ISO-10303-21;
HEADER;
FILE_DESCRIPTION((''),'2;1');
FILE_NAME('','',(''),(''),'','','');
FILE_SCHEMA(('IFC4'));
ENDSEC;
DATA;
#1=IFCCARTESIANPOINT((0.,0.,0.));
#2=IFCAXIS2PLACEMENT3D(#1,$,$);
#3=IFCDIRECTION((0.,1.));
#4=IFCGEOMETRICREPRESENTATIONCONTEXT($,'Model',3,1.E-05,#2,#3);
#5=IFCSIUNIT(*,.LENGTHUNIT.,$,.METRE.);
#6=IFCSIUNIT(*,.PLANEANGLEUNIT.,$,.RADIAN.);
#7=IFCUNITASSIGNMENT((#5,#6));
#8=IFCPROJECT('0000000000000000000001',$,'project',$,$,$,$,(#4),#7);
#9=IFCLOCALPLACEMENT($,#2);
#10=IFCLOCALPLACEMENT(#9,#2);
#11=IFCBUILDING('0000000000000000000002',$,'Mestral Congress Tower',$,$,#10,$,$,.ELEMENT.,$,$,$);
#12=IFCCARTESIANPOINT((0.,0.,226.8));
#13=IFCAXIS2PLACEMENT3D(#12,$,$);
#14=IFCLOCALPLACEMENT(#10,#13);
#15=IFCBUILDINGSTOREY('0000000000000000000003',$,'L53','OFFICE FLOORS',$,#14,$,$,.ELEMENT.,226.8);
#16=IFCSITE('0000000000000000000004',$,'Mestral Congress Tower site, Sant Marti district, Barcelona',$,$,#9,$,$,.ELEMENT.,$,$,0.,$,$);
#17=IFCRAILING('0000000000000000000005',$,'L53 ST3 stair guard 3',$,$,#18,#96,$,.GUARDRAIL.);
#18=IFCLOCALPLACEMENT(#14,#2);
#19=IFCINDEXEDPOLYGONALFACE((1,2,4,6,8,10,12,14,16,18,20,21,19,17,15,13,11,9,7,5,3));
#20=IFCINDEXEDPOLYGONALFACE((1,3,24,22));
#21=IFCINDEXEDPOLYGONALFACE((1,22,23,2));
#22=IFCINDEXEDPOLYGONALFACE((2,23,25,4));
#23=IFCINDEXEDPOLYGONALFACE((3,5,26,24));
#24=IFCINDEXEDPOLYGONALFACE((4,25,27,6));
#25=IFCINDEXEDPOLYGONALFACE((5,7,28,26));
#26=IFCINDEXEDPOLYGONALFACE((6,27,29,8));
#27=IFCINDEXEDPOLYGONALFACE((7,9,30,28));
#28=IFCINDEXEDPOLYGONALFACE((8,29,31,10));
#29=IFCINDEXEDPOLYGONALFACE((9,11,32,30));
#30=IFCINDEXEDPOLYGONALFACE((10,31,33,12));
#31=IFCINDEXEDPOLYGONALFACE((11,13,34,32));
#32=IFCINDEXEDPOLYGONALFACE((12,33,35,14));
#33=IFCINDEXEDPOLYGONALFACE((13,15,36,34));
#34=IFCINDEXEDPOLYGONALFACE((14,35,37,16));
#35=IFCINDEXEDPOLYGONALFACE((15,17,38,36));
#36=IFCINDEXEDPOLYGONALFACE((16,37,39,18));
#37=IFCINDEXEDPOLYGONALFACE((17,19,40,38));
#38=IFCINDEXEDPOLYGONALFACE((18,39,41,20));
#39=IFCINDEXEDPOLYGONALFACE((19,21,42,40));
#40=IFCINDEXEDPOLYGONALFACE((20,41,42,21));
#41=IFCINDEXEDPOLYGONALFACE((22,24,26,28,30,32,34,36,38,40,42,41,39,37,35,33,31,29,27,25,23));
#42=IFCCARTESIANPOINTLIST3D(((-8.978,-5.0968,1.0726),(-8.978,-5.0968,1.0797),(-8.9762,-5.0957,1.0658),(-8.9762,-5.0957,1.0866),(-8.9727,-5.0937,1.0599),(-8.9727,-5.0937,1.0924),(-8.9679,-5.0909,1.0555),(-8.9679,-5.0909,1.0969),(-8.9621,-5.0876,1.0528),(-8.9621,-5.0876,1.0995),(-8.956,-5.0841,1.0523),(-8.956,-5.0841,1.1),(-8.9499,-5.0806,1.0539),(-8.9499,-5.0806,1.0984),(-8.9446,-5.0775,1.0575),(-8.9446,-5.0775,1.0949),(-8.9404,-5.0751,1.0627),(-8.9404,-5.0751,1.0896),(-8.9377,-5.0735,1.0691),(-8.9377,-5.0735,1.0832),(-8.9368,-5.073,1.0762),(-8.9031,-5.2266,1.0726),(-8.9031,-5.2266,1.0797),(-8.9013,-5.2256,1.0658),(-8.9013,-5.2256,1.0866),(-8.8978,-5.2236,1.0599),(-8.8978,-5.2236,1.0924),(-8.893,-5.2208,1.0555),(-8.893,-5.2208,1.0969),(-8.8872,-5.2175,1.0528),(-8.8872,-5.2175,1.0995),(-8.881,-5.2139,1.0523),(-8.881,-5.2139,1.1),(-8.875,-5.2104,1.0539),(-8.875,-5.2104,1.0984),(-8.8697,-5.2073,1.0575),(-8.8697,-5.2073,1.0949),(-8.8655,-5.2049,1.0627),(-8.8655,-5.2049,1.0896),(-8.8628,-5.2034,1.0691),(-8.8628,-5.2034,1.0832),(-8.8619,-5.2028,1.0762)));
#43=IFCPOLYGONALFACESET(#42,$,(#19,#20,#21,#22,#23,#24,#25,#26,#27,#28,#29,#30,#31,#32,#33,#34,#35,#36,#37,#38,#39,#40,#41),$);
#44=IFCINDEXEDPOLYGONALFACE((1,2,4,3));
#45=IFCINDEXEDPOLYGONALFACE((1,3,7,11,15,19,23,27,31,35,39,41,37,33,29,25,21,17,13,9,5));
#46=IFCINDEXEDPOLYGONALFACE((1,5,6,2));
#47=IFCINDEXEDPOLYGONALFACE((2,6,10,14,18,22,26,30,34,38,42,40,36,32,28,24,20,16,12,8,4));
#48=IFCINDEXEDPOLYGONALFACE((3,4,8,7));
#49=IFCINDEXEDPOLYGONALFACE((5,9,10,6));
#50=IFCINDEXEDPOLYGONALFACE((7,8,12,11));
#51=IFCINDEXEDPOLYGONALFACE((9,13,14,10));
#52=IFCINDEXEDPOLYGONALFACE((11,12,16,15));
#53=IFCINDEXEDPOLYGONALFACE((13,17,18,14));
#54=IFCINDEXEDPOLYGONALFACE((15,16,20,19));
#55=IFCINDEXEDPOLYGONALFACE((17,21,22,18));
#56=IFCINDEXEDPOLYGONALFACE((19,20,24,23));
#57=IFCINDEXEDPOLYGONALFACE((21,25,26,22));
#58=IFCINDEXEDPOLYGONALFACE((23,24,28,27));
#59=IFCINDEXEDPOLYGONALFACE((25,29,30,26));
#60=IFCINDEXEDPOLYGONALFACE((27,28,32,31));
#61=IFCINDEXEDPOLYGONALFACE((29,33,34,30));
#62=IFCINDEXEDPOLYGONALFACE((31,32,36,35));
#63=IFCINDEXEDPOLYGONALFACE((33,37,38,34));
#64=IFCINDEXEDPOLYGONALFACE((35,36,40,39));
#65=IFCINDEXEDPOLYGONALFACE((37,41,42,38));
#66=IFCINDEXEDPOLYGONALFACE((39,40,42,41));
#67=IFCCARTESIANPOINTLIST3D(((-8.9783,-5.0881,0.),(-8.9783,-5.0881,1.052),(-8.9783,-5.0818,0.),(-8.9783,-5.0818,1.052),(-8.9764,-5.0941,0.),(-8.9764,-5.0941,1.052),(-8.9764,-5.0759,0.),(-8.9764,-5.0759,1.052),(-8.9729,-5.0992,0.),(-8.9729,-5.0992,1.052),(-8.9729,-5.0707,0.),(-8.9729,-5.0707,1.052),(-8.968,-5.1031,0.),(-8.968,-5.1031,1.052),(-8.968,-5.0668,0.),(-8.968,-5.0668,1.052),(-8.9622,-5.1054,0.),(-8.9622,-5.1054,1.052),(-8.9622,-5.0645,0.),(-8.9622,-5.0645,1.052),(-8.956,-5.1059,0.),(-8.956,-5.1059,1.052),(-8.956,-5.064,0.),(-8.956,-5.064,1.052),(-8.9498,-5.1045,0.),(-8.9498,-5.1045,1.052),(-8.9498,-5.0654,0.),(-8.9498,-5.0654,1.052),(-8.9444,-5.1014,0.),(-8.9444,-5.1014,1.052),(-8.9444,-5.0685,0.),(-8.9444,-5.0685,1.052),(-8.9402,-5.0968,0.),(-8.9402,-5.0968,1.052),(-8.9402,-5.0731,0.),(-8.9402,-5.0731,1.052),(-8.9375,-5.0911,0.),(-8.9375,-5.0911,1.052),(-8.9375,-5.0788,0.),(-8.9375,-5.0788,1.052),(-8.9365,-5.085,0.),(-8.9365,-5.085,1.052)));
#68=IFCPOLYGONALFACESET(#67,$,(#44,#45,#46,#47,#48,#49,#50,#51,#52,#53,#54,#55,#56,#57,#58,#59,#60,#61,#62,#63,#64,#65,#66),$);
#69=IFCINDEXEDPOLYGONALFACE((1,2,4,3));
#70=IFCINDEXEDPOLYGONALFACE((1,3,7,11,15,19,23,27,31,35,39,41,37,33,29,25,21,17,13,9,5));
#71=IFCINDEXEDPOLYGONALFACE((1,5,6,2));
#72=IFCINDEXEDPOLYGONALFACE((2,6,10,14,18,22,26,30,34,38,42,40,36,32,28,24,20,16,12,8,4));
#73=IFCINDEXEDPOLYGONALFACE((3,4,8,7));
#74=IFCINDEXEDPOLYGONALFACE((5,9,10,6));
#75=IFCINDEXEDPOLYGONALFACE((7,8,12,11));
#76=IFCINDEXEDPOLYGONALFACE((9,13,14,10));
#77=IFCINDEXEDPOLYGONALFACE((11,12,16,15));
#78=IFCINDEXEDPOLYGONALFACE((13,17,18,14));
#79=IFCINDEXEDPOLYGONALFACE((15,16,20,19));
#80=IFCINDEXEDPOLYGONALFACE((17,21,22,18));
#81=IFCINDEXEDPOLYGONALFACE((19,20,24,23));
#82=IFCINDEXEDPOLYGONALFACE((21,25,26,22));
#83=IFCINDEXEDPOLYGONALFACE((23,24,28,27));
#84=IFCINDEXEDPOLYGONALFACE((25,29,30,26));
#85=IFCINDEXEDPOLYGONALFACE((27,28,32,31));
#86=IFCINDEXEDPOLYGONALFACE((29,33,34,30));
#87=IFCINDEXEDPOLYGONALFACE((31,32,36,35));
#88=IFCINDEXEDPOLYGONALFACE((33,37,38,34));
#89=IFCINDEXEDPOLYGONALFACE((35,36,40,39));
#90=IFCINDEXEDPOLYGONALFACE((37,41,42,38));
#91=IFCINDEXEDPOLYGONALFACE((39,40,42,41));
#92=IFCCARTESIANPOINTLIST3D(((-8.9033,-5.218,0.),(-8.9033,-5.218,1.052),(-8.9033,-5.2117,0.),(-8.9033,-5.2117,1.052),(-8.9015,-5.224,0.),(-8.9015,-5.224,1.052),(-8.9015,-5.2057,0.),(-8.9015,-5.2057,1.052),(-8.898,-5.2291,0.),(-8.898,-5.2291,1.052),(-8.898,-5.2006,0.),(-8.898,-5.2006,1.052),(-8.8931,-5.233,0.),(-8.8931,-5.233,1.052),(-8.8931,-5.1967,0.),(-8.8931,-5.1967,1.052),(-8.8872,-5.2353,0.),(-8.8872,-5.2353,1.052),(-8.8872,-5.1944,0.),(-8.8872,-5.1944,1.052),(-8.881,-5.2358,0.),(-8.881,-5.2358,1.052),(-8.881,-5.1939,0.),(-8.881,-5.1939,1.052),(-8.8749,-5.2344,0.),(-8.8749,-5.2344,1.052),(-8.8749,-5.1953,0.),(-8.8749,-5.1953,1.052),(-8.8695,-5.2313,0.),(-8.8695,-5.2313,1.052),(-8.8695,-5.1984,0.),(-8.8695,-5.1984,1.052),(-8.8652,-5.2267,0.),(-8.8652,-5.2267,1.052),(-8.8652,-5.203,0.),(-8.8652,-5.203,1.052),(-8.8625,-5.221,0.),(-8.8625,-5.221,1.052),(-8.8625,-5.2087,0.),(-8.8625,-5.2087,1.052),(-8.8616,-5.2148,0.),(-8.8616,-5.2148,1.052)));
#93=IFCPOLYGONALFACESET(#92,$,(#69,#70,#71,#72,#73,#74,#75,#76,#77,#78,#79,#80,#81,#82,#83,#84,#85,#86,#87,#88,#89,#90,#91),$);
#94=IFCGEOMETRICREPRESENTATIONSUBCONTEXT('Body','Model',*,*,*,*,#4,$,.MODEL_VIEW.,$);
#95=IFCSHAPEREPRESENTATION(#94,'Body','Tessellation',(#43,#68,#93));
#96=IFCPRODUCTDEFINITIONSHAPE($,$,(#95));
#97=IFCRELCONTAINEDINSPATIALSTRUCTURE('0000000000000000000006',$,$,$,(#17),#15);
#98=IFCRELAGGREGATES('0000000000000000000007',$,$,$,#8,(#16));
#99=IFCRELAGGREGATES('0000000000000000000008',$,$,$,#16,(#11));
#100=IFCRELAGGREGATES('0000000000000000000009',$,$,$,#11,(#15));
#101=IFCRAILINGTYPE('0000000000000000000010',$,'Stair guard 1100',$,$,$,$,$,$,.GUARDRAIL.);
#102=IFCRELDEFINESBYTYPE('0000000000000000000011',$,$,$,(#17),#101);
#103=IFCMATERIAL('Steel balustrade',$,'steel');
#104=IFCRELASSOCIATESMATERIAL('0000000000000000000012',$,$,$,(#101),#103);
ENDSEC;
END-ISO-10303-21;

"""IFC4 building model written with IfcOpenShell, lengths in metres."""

from ifc_helpers import new_model, si_unit, direction, frame, origin, origin_2d, place, context, subcontext, project, spatial, circle, extrude, material, type_object, element, save


model = new_model("IFC4")

# Units and contexts
model_context = context("Model", 3, precision=1e-05, world=origin(), true_north=direction((0.0, 1.0)))
body_context = subcontext(model_context, "Body", "Model", "MODEL_VIEW")
ifc_project = project(units=[si_unit("LENGTHUNIT", "METRE"), si_unit("PLANEANGLEUNIT", "RADIAN")], contexts=[model_context])

# Site, building, storey
site_placement = place(None, origin())
site = spatial("IfcSite", under=ifc_project, at=site_placement, Name="Mestral Congress Tower site, Sant Marti district, Barcelona", CompositionType="ELEMENT", RefElevation=0.0)
building_placement = place(site_placement, origin())
building = spatial("IfcBuilding", under=site, at=building_placement, Name="Mestral Congress Tower", CompositionType="ELEMENT")
storey_placement = place(building_placement, frame((0.0, 0.0, 226.8)))
storey = spatial("IfcBuildingStorey", under=building, at=storey_placement, Name="L53", Description="OFFICE FLOORS", CompositionType="ELEMENT", Elevation=226.8)

# Railing
ifc_material_1 = material(Name="Steel balustrade", Category="steel")
railing_type_1 = type_object("IfcRailingType", Name="Stair guard 1100", PredefinedType="GUARDRAIL", material=ifc_material_1)
railing_1_placement = place(storey_placement, frame((-8.9575, -5.085, 0.0)))
element("IfcRailing", 1, at=railing_1_placement, inside=storey, type_object=railing_type_1, Name="L53 ST3 stair guard 3", PredefinedType="GUARDRAIL", context=body_context, shape_type="SweptSolid", body=[
    extrude(circle(Radius=0.0239, at=origin_2d()), frame((0.0, 0.0, 1.0762), z_axis=(0.499816, -0.866131, 0.0), x_axis=(0.866131, 0.499816, 0.0)), (0.0, 0.0, 1.0), 0.1499),
    extrude(circle(Radius=0.021, at=origin_2d()), origin(), (0.0, 0.0, 1.0), 1.052),
    extrude(circle(Radius=0.021, at=origin_2d()), frame((0.075, -0.1299, 0.0)), (0.0, 0.0, 1.0), 1.052),
])

save(model, "model.ifc")
